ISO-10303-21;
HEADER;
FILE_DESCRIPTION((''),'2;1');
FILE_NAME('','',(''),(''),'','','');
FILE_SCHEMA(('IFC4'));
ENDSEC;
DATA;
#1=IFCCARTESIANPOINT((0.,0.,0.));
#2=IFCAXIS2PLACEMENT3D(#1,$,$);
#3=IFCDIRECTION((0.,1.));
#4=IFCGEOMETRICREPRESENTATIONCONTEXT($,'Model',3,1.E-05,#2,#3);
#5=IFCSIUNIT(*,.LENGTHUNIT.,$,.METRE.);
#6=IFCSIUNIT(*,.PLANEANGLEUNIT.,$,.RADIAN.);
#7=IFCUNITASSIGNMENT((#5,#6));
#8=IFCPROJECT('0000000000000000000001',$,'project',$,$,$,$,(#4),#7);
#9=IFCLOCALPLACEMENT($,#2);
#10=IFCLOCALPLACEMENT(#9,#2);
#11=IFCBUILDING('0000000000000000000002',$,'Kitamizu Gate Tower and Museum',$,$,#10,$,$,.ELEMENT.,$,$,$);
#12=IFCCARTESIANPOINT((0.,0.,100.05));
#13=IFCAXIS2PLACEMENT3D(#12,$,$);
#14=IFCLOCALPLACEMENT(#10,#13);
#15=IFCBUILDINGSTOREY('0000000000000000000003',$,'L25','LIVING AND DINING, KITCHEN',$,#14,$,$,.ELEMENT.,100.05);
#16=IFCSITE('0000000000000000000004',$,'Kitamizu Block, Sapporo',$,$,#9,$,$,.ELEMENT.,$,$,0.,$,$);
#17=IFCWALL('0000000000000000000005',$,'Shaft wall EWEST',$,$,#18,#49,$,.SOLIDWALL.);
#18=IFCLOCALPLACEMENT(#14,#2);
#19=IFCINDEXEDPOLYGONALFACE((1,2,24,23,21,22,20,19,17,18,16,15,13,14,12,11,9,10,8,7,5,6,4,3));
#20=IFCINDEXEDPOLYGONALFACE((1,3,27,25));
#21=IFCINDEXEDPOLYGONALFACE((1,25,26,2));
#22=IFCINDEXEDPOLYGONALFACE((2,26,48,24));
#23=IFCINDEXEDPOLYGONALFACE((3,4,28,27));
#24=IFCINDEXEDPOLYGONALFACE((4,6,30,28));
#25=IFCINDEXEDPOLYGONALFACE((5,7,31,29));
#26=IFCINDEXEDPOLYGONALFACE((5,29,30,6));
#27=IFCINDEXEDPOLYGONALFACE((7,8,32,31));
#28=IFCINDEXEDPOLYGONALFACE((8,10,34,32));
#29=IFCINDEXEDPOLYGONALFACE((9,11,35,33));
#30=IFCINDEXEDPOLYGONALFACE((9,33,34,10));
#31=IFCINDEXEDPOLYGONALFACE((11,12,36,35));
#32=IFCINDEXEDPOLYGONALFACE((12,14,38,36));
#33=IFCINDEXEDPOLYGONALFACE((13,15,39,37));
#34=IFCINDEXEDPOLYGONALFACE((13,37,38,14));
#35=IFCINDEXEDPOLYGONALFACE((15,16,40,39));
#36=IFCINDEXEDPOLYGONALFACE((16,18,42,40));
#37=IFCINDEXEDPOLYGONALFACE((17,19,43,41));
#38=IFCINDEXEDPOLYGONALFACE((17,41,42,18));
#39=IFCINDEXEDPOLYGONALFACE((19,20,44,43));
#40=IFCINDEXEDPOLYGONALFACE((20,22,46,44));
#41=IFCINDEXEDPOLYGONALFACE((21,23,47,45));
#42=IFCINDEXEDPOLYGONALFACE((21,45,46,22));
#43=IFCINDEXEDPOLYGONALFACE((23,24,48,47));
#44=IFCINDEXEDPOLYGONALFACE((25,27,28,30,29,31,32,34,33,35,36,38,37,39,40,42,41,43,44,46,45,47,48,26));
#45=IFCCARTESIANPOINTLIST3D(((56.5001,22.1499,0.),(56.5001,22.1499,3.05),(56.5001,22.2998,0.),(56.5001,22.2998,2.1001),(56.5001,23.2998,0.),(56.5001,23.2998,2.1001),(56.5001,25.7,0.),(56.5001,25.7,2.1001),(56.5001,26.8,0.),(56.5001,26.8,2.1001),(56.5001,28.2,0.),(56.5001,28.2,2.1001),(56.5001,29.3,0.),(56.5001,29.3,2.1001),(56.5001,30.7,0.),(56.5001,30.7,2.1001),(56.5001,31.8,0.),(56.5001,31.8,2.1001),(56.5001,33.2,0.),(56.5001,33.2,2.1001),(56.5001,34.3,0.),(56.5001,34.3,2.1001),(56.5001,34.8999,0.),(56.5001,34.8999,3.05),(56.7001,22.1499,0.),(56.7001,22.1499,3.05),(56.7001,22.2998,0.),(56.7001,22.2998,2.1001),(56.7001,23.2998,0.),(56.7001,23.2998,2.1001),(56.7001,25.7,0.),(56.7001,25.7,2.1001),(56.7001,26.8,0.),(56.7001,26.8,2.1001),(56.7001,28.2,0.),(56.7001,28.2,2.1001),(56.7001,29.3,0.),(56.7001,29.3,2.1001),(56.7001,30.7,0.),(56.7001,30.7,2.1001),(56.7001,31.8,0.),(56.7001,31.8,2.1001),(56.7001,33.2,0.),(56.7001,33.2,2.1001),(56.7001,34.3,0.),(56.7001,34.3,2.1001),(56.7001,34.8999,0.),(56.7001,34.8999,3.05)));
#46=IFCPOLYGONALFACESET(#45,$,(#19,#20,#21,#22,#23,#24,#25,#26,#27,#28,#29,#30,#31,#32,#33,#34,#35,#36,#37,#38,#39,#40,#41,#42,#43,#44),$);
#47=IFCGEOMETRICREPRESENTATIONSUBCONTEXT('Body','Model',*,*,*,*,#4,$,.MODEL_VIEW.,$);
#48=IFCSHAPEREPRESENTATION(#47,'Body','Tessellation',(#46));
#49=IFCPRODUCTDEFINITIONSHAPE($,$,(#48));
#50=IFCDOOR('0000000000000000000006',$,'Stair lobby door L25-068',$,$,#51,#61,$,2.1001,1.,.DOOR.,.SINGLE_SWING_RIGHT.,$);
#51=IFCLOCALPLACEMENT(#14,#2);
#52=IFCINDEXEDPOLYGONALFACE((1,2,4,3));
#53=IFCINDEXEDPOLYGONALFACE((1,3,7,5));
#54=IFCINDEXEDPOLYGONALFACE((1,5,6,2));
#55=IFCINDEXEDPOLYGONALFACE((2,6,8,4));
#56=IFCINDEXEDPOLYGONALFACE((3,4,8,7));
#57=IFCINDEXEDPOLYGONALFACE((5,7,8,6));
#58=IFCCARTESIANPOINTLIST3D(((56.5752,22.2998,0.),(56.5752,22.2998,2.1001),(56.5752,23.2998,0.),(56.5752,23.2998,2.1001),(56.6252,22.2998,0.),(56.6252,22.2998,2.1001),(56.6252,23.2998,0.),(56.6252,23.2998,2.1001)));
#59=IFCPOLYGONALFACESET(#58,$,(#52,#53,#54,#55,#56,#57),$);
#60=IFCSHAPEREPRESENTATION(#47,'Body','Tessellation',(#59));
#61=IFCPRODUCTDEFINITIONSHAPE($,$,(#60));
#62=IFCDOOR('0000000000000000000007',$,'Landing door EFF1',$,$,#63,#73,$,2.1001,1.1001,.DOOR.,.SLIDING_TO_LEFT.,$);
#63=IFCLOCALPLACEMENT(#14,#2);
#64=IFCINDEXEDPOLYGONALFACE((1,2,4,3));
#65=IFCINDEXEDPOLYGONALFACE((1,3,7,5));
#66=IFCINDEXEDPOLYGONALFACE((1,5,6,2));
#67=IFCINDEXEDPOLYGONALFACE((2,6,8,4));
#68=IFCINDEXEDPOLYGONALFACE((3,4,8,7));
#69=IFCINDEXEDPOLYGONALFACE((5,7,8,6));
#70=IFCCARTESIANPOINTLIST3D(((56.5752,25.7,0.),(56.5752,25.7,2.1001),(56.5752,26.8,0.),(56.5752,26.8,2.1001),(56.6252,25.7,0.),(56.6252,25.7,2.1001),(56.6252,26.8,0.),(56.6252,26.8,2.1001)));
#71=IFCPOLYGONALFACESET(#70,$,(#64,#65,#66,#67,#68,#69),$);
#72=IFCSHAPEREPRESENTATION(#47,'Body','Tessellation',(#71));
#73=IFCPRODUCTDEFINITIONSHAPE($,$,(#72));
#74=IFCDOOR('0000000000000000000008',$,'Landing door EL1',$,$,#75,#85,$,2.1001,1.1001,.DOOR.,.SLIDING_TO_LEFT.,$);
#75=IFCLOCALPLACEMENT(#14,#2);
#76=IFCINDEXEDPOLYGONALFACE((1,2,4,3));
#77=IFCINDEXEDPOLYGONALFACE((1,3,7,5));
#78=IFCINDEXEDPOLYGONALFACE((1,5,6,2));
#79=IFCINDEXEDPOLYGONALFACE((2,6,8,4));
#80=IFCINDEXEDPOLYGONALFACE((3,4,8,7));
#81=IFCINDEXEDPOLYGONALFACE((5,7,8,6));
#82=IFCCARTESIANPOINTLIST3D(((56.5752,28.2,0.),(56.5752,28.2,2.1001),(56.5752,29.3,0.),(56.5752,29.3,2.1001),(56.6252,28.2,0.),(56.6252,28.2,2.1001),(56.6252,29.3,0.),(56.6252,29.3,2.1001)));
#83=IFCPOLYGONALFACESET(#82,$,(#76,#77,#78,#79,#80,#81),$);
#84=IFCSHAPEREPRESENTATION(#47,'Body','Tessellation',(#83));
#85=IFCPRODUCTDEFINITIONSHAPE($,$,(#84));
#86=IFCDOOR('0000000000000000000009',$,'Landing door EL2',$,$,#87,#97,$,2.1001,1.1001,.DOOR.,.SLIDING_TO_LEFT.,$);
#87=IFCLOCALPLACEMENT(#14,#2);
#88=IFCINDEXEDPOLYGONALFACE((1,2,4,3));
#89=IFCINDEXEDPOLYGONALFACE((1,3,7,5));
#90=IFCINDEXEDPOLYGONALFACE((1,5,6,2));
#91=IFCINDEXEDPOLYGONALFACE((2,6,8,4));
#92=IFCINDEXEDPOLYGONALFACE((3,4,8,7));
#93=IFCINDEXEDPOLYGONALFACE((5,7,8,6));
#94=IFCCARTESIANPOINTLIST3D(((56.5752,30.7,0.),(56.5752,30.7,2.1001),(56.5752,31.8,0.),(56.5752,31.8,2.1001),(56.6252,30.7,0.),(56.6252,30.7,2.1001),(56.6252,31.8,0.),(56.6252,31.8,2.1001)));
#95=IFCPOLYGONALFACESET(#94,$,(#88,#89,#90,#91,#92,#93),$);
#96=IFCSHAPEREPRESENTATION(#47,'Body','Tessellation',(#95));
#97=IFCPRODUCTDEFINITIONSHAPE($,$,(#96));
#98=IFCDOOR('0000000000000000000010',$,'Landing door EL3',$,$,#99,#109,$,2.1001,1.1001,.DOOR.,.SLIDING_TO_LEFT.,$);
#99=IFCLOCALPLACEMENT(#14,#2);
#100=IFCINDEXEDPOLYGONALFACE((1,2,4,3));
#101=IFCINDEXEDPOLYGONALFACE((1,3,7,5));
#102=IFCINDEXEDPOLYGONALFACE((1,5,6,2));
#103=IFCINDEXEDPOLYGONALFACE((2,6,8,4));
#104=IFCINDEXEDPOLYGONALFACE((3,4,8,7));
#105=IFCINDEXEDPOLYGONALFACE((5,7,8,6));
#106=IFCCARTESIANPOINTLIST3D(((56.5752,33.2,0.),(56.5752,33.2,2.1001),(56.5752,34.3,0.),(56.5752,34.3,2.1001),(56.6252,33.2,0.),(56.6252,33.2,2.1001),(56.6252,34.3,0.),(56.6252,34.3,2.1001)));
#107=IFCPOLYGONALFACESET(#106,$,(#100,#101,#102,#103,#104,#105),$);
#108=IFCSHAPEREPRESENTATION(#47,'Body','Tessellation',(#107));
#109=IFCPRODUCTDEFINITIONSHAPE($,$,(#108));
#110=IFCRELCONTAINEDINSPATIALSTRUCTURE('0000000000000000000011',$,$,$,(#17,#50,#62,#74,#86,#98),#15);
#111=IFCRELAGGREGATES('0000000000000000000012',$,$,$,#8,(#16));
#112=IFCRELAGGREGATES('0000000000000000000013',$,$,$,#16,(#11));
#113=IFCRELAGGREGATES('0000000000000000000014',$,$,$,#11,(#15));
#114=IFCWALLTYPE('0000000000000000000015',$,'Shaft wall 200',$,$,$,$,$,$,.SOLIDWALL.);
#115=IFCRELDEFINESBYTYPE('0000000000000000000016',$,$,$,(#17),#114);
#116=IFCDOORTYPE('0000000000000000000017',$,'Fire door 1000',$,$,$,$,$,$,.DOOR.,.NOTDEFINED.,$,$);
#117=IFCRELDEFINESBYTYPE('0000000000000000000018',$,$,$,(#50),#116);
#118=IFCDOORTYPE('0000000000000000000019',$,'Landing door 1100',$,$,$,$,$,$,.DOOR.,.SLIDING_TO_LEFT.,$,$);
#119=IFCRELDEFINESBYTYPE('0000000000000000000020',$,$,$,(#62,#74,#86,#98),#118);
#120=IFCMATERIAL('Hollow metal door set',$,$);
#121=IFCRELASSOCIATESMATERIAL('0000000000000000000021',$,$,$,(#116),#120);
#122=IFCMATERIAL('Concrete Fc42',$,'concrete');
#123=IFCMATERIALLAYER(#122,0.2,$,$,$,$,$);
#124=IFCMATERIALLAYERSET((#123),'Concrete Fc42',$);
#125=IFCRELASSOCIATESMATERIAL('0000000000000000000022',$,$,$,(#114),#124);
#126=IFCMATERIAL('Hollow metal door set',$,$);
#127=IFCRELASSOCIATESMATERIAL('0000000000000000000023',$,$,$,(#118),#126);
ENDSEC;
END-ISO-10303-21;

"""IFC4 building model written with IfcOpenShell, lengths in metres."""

from ifc_helpers import new_model, si_unit, direction, frame, frame_2d, origin, place, context, subcontext, project, spatial, rectangle, extrude, material, layer, layer_set, type_object, element, fill, save


model = new_model("IFC4")

# Units and contexts
model_context = context("Model", 3, precision=1e-05, world=origin(), true_north=direction((0.0, 1.0)))
body_context = subcontext(model_context, "Body", "Model", "MODEL_VIEW")
ifc_project = project(units=[si_unit("LENGTHUNIT", "METRE"), si_unit("PLANEANGLEUNIT", "RADIAN")], contexts=[model_context])

# Site, building, storey
site_placement = place(None, origin())
site = spatial("IfcSite", under=ifc_project, at=site_placement, Name="Kitamizu Block, Sapporo", CompositionType="ELEMENT", RefElevation=0.0)
building_placement = place(site_placement, origin())
building = spatial("IfcBuilding", under=site, at=building_placement, Name="Kitamizu Gate Tower and Museum", CompositionType="ELEMENT")
storey_placement = place(building_placement, frame((0.0, 0.0, 100.05)))
storey = spatial("IfcBuildingStorey", under=building, at=storey_placement, Name="L25", Description="LIVING AND DINING, KITCHEN", CompositionType="ELEMENT", Elevation=100.05)

# Wall, openings, doors
ifc_material_1 = material(Name="Hollow metal door set")
door_type_1 = type_object("IfcDoorType", Name="Fire door 1000", OperationType="NOTDEFINED", PredefinedType="DOOR", material=ifc_material_1)
ifc_material_2 = material(Name="Concrete Fc42", Category="concrete")
ifc_layer_1 = layer(ifc_material_2, 0.2)
ifc_layer_set_1 = layer_set([ifc_layer_1], Name="Concrete Fc42")
wall_type_1 = type_object("IfcWallType", Name="Shaft wall 200", PredefinedType="SOLIDWALL", material=ifc_layer_set_1)
wall_1_placement = place(storey_placement, frame((56.6001, 22.1499, 0.0), z_axis=(0.0, 0.0, 1.0), x_axis=(0.0, 1.0, 0.0)))
wall_1 = element("IfcWall", 1, at=wall_1_placement, inside=storey, type_object=wall_type_1, Name="Shaft wall EWEST", PredefinedType="SOLIDWALL", context=body_context, shape_type="SweptSolid", body=[
    extrude(rectangle(XDim=12.75, YDim=0.2, at=frame_2d((6.375, 0.0))), origin(), (0.0, 0.0, 1.0), 3.05),
])
opening_1_placement = place(wall_1_placement, frame((3.55, 0.0, 0.0)))
opening_1 = element("IfcOpeningElement", 2, at=opening_1_placement, cuts=wall_1, PredefinedType="OPENING", context=body_context, shape_type="SweptSolid", body=[
    extrude(rectangle(XDim=1.1001, YDim=2.1001, at=frame_2d((0.55, 1.05))), frame((0.0, 0.1099, 0.0), z_axis=(0.0, -1.0, 0.0), x_axis=(1.0, 0.0, 0.0)), (0.0, 0.0, 1.0), 0.22),
])
opening_2_placement = place(wall_1_placement, frame((6.05, 0.0, 0.0)))
opening_2 = element("IfcOpeningElement", 3, at=opening_2_placement, cuts=wall_1, PredefinedType="OPENING", context=body_context, shape_type="SweptSolid", body=[
    extrude(rectangle(XDim=1.1001, YDim=2.1001, at=frame_2d((0.55, 1.05))), frame((0.0, 0.1099, 0.0), z_axis=(0.0, -1.0, 0.0), x_axis=(1.0, 0.0, 0.0)), (0.0, 0.0, 1.0), 0.22),
])
opening_3_placement = place(wall_1_placement, frame((8.55, 0.0, 0.0)))
opening_3 = element("IfcOpeningElement", 4, at=opening_3_placement, cuts=wall_1, PredefinedType="OPENING", context=body_context, shape_type="SweptSolid", body=[
    extrude(rectangle(XDim=1.1001, YDim=2.1001, at=frame_2d((0.55, 1.05))), frame((0.0, 0.1099, 0.0), z_axis=(0.0, -1.0, 0.0), x_axis=(1.0, 0.0, 0.0)), (0.0, 0.0, 1.0), 0.22),
])
opening_4_placement = place(wall_1_placement, frame((11.05, 0.0, 0.0)))
opening_4 = element("IfcOpeningElement", 5, at=opening_4_placement, cuts=wall_1, PredefinedType="OPENING", context=body_context, shape_type="SweptSolid", body=[
    extrude(rectangle(XDim=1.1001, YDim=2.1001, at=frame_2d((0.55, 1.05))), frame((0.0, 0.1099, 0.0), z_axis=(0.0, -1.0, 0.0), x_axis=(1.0, 0.0, 0.0)), (0.0, 0.0, 1.0), 0.22),
])
opening_5_placement = place(wall_1_placement, frame((0.1499, 0.0, 0.0)))
opening_5 = element("IfcOpeningElement", 6, at=opening_5_placement, cuts=wall_1, PredefinedType="OPENING", context=body_context, shape_type="SweptSolid", body=[
    extrude(rectangle(XDim=1.0, YDim=2.1001, at=frame_2d((0.5, 1.05))), frame((0.0, 0.1099, 0.0), z_axis=(0.0, -1.0, 0.0), x_axis=(1.0, 0.0, 0.0)), (0.0, 0.0, 1.0), 0.22),
])
door_1_placement = place(opening_5_placement, origin())
door_1 = element("IfcDoor", 7, at=door_1_placement, inside=storey, type_object=door_type_1, Name="Stair lobby door L25-068", OperationType="SINGLE_SWING_RIGHT", OverallHeight=2.1001, OverallWidth=1.0, PredefinedType="DOOR", context=body_context, shape_type="SweptSolid", body=[
    extrude(rectangle(XDim=1.0, YDim=2.1001, at=frame_2d((0.5, 1.05))), frame((0.0, 0.0249, 0.0), z_axis=(0.0, -1.0, 0.0), x_axis=(1.0, 0.0, 0.0)), (0.0, 0.0, 1.0), 0.05),
])
fill(opening_5, door_1)
ifc_material_3 = material(Name="Hollow metal door set")
door_type_2 = type_object("IfcDoorType", Name="Landing door 1100", OperationType="SLIDING_TO_LEFT", PredefinedType="DOOR", material=ifc_material_3)
door_2_placement = place(opening_1_placement, origin())
door_2 = element("IfcDoor", 8, at=door_2_placement, inside=storey, type_object=door_type_2, Name="Landing door EFF1", OperationType="SLIDING_TO_LEFT", OverallHeight=2.1001, OverallWidth=1.1001, PredefinedType="DOOR", context=body_context, shape_type="SweptSolid", body=[
    extrude(rectangle(XDim=1.1001, YDim=2.1001, at=frame_2d((0.55, 1.05))), frame((0.0, 0.0249, 0.0), z_axis=(0.0, -1.0, 0.0), x_axis=(1.0, 0.0, 0.0)), (0.0, 0.0, 1.0), 0.05),
])
fill(opening_1, door_2)
door_3_placement = place(opening_2_placement, origin())
door_3 = element("IfcDoor", 9, at=door_3_placement, inside=storey, type_object=door_type_2, Name="Landing door EL1", OperationType="SLIDING_TO_LEFT", OverallHeight=2.1001, OverallWidth=1.1001, PredefinedType="DOOR", context=body_context, shape_type="SweptSolid", body=[
    extrude(rectangle(XDim=1.1001, YDim=2.1001, at=frame_2d((0.55, 1.05))), frame((0.0, 0.0249, 0.0), z_axis=(0.0, -1.0, 0.0), x_axis=(1.0, 0.0, 0.0)), (0.0, 0.0, 1.0), 0.05),
])
fill(opening_2, door_3)
door_4_placement = place(opening_3_placement, origin())
door_4 = element("IfcDoor", 10, at=door_4_placement, inside=storey, type_object=door_type_2, Name="Landing door EL2", OperationType="SLIDING_TO_LEFT", OverallHeight=2.1001, OverallWidth=1.1001, PredefinedType="DOOR", context=body_context, shape_type="SweptSolid", body=[
    extrude(rectangle(XDim=1.1001, YDim=2.1001, at=frame_2d((0.55, 1.05))), frame((0.0, 0.0249, 0.0), z_axis=(0.0, -1.0, 0.0), x_axis=(1.0, 0.0, 0.0)), (0.0, 0.0, 1.0), 0.05),
])
fill(opening_3, door_4)
door_5_placement = place(opening_4_placement, origin())
door_5 = element("IfcDoor", 11, at=door_5_placement, inside=storey, type_object=door_type_2, Name="Landing door EL3", OperationType="SLIDING_TO_LEFT", OverallHeight=2.1001, OverallWidth=1.1001, PredefinedType="DOOR", context=body_context, shape_type="SweptSolid", body=[
    extrude(rectangle(XDim=1.1001, YDim=2.1001, at=frame_2d((0.55, 1.05))), frame((0.0, 0.0249, 0.0), z_axis=(0.0, -1.0, 0.0), x_axis=(1.0, 0.0, 0.0)), (0.0, 0.0, 1.0), 0.05),
])
fill(opening_4, door_5)

save(model, "model.ifc")
